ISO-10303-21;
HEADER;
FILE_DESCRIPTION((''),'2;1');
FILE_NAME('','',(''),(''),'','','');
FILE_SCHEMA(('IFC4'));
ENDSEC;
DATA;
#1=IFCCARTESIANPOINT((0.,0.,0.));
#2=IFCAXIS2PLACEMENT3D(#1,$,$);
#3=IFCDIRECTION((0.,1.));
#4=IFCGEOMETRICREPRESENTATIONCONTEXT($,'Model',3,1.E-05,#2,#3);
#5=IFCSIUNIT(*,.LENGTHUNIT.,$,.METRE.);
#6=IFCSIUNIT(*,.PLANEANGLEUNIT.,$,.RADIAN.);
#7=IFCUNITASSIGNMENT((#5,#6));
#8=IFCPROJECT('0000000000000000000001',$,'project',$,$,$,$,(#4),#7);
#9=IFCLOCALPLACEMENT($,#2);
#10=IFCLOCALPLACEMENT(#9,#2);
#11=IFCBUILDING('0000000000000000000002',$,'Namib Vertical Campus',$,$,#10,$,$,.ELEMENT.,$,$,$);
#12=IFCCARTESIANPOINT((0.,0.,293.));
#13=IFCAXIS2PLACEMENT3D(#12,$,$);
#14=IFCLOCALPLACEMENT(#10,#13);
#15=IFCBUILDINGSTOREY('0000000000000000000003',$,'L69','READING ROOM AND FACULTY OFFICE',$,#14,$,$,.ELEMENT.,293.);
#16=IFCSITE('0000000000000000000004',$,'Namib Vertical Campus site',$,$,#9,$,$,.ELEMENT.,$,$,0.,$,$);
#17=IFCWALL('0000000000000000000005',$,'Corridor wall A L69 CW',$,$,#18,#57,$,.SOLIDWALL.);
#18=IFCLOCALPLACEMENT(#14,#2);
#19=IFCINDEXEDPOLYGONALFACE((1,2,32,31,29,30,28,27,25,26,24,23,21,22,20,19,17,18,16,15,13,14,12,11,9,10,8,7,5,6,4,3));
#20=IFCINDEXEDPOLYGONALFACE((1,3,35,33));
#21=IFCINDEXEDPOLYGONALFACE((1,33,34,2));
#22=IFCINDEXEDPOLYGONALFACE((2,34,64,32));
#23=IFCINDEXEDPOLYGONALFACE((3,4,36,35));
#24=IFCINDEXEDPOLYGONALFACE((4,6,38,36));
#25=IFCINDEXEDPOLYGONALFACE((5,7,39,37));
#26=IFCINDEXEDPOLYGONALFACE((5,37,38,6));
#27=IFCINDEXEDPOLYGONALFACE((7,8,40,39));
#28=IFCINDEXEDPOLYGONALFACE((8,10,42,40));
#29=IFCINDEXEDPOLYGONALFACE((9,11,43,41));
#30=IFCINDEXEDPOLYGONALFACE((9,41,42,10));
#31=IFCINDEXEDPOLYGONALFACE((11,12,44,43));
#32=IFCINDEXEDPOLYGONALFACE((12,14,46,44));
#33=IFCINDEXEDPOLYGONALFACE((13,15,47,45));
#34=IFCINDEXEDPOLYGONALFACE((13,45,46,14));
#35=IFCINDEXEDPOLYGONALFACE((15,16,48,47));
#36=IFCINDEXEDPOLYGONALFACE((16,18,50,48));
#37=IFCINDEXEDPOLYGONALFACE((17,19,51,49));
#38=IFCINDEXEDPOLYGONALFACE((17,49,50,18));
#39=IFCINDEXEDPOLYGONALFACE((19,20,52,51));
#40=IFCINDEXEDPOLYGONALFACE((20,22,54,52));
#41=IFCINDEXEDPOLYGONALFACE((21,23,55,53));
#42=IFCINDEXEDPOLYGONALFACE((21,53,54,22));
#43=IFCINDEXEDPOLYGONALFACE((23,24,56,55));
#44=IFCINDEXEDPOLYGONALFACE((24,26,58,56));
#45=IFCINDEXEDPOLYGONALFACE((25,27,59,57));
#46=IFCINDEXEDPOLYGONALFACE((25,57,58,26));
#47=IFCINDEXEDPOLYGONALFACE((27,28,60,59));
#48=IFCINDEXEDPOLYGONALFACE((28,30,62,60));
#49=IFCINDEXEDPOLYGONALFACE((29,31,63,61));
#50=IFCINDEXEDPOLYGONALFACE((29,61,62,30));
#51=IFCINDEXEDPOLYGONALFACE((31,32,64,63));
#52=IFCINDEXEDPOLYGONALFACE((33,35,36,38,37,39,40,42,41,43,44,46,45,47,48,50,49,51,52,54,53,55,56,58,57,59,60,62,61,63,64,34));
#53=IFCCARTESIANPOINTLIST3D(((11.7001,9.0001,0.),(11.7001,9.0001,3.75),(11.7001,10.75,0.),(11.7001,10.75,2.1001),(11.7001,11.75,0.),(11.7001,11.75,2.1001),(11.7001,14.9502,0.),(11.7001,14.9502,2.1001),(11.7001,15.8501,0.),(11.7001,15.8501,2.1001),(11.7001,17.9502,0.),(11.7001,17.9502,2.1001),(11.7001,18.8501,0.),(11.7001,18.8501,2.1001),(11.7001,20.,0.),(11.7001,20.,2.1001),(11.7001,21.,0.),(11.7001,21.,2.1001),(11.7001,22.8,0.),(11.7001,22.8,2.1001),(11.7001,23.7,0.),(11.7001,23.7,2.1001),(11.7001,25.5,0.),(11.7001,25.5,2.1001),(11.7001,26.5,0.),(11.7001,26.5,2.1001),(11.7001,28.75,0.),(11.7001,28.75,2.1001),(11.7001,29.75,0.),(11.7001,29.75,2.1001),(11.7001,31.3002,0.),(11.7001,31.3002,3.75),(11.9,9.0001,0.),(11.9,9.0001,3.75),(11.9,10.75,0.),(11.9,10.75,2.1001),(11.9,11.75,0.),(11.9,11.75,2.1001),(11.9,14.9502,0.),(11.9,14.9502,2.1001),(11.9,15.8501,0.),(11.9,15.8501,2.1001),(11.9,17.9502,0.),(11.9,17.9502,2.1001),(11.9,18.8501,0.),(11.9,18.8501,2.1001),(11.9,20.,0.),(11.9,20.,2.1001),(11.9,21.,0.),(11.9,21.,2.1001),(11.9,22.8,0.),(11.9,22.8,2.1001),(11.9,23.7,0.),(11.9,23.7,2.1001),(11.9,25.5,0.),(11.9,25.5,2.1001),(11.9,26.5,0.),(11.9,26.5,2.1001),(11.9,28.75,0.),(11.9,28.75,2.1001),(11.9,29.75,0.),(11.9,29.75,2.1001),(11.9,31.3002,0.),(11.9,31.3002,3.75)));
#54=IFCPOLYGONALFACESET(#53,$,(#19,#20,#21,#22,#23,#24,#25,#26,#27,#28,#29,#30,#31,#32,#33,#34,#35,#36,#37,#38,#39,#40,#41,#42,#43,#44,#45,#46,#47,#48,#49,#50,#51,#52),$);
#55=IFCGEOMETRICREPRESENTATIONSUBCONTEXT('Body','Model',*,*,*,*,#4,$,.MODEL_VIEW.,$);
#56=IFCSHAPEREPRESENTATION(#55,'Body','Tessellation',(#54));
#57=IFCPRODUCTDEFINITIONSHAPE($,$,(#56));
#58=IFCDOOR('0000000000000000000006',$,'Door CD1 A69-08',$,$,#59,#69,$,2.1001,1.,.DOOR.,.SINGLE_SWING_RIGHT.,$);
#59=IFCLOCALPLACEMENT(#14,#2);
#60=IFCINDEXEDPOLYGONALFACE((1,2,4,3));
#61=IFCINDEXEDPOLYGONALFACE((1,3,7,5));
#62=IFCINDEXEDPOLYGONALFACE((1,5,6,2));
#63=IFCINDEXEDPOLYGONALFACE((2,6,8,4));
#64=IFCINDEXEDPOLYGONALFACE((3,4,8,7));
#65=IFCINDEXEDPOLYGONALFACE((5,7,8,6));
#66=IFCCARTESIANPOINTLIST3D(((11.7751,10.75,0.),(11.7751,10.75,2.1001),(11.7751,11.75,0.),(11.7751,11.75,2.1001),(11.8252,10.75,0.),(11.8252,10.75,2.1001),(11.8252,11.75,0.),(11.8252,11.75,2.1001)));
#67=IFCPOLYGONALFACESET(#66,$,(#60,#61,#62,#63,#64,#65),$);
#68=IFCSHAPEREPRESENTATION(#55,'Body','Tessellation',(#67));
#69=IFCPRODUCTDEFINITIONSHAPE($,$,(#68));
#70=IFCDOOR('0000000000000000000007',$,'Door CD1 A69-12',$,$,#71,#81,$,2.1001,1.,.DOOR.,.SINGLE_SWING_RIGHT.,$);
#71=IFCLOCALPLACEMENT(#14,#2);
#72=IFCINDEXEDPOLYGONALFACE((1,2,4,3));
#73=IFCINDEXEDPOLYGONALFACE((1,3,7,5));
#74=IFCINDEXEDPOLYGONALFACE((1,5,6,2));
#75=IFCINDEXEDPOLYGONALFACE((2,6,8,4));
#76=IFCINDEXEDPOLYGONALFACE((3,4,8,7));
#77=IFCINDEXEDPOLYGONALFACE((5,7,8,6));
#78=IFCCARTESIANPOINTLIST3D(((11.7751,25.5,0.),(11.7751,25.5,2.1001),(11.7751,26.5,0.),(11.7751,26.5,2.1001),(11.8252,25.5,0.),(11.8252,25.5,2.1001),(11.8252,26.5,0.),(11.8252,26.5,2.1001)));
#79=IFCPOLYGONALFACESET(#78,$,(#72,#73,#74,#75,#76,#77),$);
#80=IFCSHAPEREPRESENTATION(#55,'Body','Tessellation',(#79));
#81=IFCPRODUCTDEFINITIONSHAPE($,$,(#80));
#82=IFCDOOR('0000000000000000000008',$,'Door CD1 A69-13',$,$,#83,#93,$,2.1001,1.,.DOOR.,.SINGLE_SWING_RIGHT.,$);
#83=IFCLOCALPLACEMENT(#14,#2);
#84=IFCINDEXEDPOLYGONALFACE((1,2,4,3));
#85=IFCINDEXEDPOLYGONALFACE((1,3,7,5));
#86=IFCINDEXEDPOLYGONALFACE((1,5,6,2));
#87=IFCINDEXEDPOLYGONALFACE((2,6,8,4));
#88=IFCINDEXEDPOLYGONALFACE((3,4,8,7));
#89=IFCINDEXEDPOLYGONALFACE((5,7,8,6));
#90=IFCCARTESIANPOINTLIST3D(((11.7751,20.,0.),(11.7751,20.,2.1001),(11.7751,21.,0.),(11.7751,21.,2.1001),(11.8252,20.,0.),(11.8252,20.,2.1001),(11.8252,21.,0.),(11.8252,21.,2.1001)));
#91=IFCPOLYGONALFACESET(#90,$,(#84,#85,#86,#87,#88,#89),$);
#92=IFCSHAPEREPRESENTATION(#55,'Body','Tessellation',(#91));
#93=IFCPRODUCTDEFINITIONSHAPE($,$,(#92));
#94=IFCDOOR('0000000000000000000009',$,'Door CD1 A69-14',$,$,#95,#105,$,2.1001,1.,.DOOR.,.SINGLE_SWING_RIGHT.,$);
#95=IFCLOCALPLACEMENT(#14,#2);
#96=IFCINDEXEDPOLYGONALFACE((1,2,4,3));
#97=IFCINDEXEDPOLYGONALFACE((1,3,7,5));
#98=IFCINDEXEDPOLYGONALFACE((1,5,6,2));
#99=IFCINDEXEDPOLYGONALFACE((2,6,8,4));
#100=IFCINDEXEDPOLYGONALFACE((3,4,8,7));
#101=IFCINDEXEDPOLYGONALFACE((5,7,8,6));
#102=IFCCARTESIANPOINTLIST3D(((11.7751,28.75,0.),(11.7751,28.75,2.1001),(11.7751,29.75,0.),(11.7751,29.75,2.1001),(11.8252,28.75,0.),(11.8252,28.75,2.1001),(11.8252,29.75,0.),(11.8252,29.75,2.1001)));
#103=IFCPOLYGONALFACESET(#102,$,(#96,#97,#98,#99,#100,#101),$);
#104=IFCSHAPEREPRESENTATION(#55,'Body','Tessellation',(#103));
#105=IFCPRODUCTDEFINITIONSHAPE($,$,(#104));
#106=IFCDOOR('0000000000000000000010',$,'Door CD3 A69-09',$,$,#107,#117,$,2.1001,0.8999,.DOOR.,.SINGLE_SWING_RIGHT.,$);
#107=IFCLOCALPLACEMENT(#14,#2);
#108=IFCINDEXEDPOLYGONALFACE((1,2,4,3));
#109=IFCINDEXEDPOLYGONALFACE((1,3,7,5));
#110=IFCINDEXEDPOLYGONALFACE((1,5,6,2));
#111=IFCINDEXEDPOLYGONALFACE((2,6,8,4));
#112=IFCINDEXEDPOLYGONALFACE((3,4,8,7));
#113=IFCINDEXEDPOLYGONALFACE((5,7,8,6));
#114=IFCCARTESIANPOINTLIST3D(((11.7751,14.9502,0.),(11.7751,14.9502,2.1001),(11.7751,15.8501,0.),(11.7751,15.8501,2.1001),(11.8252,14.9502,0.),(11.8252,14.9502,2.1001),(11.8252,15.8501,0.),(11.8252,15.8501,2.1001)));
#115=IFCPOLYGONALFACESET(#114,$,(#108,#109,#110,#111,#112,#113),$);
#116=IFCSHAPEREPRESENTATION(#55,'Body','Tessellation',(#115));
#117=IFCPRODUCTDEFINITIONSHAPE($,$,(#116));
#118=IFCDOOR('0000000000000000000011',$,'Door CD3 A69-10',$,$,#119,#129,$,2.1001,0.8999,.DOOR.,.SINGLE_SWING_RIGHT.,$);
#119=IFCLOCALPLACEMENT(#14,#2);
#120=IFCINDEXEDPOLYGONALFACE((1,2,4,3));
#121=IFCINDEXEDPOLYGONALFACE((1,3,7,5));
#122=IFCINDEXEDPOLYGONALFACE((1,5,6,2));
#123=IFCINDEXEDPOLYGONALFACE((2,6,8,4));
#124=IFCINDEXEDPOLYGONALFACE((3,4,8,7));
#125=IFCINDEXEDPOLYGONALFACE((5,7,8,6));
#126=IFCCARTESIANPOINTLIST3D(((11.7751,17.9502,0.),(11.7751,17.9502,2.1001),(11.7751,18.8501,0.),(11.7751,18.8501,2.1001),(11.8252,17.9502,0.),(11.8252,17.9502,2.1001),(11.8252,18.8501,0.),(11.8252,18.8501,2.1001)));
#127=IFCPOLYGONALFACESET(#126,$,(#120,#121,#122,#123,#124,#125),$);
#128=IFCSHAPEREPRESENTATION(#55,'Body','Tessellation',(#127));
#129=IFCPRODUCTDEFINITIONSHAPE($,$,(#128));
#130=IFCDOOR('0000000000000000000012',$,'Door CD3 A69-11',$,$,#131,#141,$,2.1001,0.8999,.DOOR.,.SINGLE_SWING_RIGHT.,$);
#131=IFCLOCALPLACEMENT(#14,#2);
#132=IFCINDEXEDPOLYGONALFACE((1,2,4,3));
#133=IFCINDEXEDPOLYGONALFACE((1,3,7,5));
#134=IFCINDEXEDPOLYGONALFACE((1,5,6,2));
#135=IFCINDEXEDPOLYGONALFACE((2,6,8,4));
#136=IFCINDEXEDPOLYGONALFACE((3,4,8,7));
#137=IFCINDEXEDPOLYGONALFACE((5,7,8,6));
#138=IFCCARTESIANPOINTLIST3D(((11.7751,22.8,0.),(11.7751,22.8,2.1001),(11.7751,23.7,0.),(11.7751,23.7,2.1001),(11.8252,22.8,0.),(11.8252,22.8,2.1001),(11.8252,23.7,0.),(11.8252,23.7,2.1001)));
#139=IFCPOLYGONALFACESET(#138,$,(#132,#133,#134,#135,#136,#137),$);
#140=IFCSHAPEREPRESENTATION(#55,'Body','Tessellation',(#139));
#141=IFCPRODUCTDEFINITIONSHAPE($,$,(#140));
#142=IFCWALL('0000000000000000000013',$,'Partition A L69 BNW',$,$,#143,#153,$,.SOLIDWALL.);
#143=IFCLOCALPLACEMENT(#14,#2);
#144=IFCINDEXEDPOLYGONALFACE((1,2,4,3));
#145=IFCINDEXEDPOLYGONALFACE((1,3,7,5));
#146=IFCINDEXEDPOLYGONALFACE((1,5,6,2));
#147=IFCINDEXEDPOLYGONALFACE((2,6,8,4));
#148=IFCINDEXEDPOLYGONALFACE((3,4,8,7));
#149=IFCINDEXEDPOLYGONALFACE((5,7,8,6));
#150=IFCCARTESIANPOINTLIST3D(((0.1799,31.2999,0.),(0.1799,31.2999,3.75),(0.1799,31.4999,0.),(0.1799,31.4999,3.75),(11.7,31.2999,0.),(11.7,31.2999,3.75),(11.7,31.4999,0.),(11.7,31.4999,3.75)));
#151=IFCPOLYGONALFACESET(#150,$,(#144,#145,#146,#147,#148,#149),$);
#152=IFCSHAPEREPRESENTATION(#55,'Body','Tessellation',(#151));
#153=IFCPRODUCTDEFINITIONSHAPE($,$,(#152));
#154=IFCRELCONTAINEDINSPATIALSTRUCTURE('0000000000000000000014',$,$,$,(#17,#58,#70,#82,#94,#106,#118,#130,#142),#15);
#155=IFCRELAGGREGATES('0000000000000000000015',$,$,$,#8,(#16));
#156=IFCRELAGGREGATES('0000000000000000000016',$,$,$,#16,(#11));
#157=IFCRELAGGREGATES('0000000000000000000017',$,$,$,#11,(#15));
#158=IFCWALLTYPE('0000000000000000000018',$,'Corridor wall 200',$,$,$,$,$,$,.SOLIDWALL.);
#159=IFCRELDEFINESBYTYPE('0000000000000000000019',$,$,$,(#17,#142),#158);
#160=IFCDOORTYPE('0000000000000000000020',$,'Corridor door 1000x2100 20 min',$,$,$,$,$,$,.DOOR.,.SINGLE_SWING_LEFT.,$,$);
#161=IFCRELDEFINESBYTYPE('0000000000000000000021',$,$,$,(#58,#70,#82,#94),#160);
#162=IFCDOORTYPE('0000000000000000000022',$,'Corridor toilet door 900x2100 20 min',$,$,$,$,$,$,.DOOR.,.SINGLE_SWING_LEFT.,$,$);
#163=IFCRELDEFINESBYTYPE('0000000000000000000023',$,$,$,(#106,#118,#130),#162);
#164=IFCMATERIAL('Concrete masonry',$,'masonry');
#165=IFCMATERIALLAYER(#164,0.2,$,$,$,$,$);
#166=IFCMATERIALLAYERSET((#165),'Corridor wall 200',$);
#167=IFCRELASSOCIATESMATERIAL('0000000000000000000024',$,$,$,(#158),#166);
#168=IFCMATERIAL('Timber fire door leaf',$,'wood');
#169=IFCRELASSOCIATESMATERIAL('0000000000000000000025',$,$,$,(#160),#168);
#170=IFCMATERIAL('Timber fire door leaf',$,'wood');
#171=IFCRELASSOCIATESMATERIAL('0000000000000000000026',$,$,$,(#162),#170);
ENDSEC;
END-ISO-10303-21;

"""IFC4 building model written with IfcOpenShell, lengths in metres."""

from ifc_helpers import new_model, si_unit, direction, frame, frame_2d, origin, place, context, subcontext, project, spatial, rectangle, extrude, material, layer, layer_set, type_object, element, fill, save


model = new_model("IFC4")

# Units and contexts
model_context = context("Model", 3, precision=1e-05, world=origin(), true_north=direction((0.0, 1.0)))
body_context = subcontext(model_context, "Body", "Model", "MODEL_VIEW")
ifc_project = project(units=[si_unit("LENGTHUNIT", "METRE"), si_unit("PLANEANGLEUNIT", "RADIAN")], contexts=[model_context])

# Site, building, storey
site_placement = place(None, origin())
site = spatial("IfcSite", under=ifc_project, at=site_placement, Name="Namib Vertical Campus site", CompositionType="ELEMENT", RefElevation=0.0)
building_placement = place(site_placement, origin())
building = spatial("IfcBuilding", under=site, at=building_placement, Name="Namib Vertical Campus", CompositionType="ELEMENT")
storey_placement = place(building_placement, frame((0.0, 0.0, 293.0)))
storey = spatial("IfcBuildingStorey", under=building, at=storey_placement, Name="L69", Description="READING ROOM AND FACULTY OFFICE", CompositionType="ELEMENT", Elevation=293.0)

# Wall, openings, doors
ifc_material_1 = material(Name="Concrete masonry", Category="masonry")
ifc_layer_1 = layer(ifc_material_1, 0.2)
ifc_layer_set_1 = layer_set([ifc_layer_1], Name="Corridor wall 200")
wall_type_1 = type_object("IfcWallType", Name="Corridor wall 200", PredefinedType="SOLIDWALL", material=ifc_layer_set_1)
wall_1_placement = place(storey_placement, frame((11.8, 31.3, 0.0), z_axis=(0.0, 0.0, 1.0), x_axis=(0.0, -1.0, 0.0)))
wall_1 = element("IfcWall", 1, at=wall_1_placement, inside=storey, type_object=wall_type_1, Name="Corridor wall A L69 CW", PredefinedType="SOLIDWALL", context=body_context, shape_type="SweptSolid", body=[
    extrude(rectangle(XDim=22.3, YDim=0.2, at=frame_2d((11.1499, 0.0))), origin(), (0.0, 0.0, 1.0), 3.75),
])
opening_1_placement = place(wall_1_placement, frame((19.55, 0.0, 0.0)))
opening_1 = element("IfcOpeningElement", 2, at=opening_1_placement, cuts=wall_1, PredefinedType="OPENING", context=body_context, shape_type="SweptSolid", body=[
    extrude(rectangle(XDim=1.0, YDim=2.1001, at=frame_2d((0.5, 1.05))), frame((0.0, 0.1099, 0.0), z_axis=(0.0, -1.0, 0.0), x_axis=(1.0, 0.0, 0.0)), (0.0, 0.0, 1.0), 0.22),
])
opening_2_placement = place(wall_1_placement, frame((15.45, 0.0, 0.0)))
opening_2 = element("IfcOpeningElement", 3, at=opening_2_placement, cuts=wall_1, PredefinedType="OPENING", context=body_context, shape_type="SweptSolid", body=[
    extrude(rectangle(XDim=0.8999, YDim=2.1001, at=frame_2d((0.45, 1.05))), frame((0.0, 0.1099, 0.0), z_axis=(0.0, -1.0, 0.0), x_axis=(1.0, 0.0, 0.0)), (0.0, 0.0, 1.0), 0.22),
])
opening_3_placement = place(wall_1_placement, frame((12.45, 0.0, 0.0)))
opening_3 = element("IfcOpeningElement", 4, at=opening_3_placement, cuts=wall_1, PredefinedType="OPENING", context=body_context, shape_type="SweptSolid", body=[
    extrude(rectangle(XDim=0.8999, YDim=2.1001, at=frame_2d((0.45, 1.05))), frame((0.0, 0.1099, 0.0), z_axis=(0.0, -1.0, 0.0), x_axis=(1.0, 0.0, 0.0)), (0.0, 0.0, 1.0), 0.22),
])
opening_4_placement = place(wall_1_placement, frame((7.6001, 0.0, 0.0)))
opening_4 = element("IfcOpeningElement", 5, at=opening_4_placement, cuts=wall_1, PredefinedType="OPENING", context=body_context, shape_type="SweptSolid", body=[
    extrude(rectangle(XDim=0.8999, YDim=2.1001, at=frame_2d((0.45, 1.05))), frame((0.0, 0.1099, 0.0), z_axis=(0.0, -1.0, 0.0), x_axis=(1.0, 0.0, 0.0)), (0.0, 0.0, 1.0), 0.22),
])
opening_5_placement = place(wall_1_placement, frame((4.8, 0.0, 0.0)))
opening_5 = element("IfcOpeningElement", 6, at=opening_5_placement, cuts=wall_1, PredefinedType="OPENING", context=body_context, shape_type="SweptSolid", body=[
    extrude(rectangle(XDim=1.0, YDim=2.1001, at=frame_2d((0.5, 1.05))), frame((0.0, 0.1099, 0.0), z_axis=(0.0, -1.0, 0.0), x_axis=(1.0, 0.0, 0.0)), (0.0, 0.0, 1.0), 0.22),
])
opening_6_placement = place(wall_1_placement, frame((10.3, 0.0, 0.0)))
opening_6 = element("IfcOpeningElement", 7, at=opening_6_placement, cuts=wall_1, PredefinedType="OPENING", context=body_context, shape_type="SweptSolid", body=[
    extrude(rectangle(XDim=1.0, YDim=2.1001, at=frame_2d((0.5, 1.05))), frame((0.0, 0.1099, 0.0), z_axis=(0.0, -1.0, 0.0), x_axis=(1.0, 0.0, 0.0)), (0.0, 0.0, 1.0), 0.22),
])
opening_7_placement = place(wall_1_placement, frame((1.55, 0.0, 0.0)))
opening_7 = element("IfcOpeningElement", 8, at=opening_7_placement, cuts=wall_1, PredefinedType="OPENING", context=body_context, shape_type="SweptSolid", body=[
    extrude(rectangle(XDim=1.0, YDim=2.1001, at=frame_2d((0.5, 1.05))), frame((0.0, 0.1099, 0.0), z_axis=(0.0, -1.0, 0.0), x_axis=(1.0, 0.0, 0.0)), (0.0, 0.0, 1.0), 0.22),
])
ifc_material_2 = material(Name="Timber fire door leaf", Category="wood")
door_type_1 = type_object("IfcDoorType", Name="Corridor door 1000x2100 20 min", OperationType="SINGLE_SWING_LEFT", PredefinedType="DOOR", material=ifc_material_2)
door_1_placement = place(opening_1_placement, frame((1.0, 0.0, 0.0), z_axis=(0.0, 0.0, 1.0), x_axis=(-1.0, 0.0, 0.0)))
door_1 = element("IfcDoor", 9, at=door_1_placement, inside=storey, type_object=door_type_1, Name="Door CD1 A69-08", OperationType="SINGLE_SWING_RIGHT", OverallHeight=2.1001, OverallWidth=1.0, PredefinedType="DOOR", context=body_context, shape_type="SweptSolid", body=[
    extrude(rectangle(XDim=1.0, YDim=2.1001, at=frame_2d((0.5, 1.05))), frame((0.0, 0.0249, 0.0), z_axis=(0.0, -1.0, 0.0), x_axis=(1.0, 0.0, 0.0)), (0.0, 0.0, 1.0), 0.05),
])
fill(opening_1, door_1)
door_2_placement = place(opening_5_placement, frame((1.0, 0.0, 0.0), z_axis=(0.0, 0.0, 1.0), x_axis=(-1.0, 0.0, 0.0)))
door_2 = element("IfcDoor", 10, at=door_2_placement, inside=storey, type_object=door_type_1, Name="Door CD1 A69-12", OperationType="SINGLE_SWING_RIGHT", OverallHeight=2.1001, OverallWidth=1.0, PredefinedType="DOOR", context=body_context, shape_type="SweptSolid", body=[
    extrude(rectangle(XDim=1.0, YDim=2.1001, at=frame_2d((0.5, 1.05))), frame((0.0, 0.0249, 0.0), z_axis=(0.0, -1.0, 0.0), x_axis=(1.0, 0.0, 0.0)), (0.0, 0.0, 1.0), 0.05),
])
fill(opening_5, door_2)
door_3_placement = place(opening_6_placement, frame((1.0, 0.0, 0.0), z_axis=(0.0, 0.0, 1.0), x_axis=(-1.0, 0.0, 0.0)))
door_3 = element("IfcDoor", 11, at=door_3_placement, inside=storey, type_object=door_type_1, Name="Door CD1 A69-13", OperationType="SINGLE_SWING_RIGHT", OverallHeight=2.1001, OverallWidth=1.0, PredefinedType="DOOR", context=body_context, shape_type="SweptSolid", body=[
    extrude(rectangle(XDim=1.0, YDim=2.1001, at=frame_2d((0.5, 1.05))), frame((0.0, 0.0249, 0.0), z_axis=(0.0, -1.0, 0.0), x_axis=(1.0, 0.0, 0.0)), (0.0, 0.0, 1.0), 0.05),
])
fill(opening_6, door_3)
door_4_placement = place(opening_7_placement, frame((1.0, 0.0, 0.0), z_axis=(0.0, 0.0, 1.0), x_axis=(-1.0, 0.0, 0.0)))
door_4 = element("IfcDoor", 12, at=door_4_placement, inside=storey, type_object=door_type_1, Name="Door CD1 A69-14", OperationType="SINGLE_SWING_RIGHT", OverallHeight=2.1001, OverallWidth=1.0, PredefinedType="DOOR", context=body_context, shape_type="SweptSolid", body=[
    extrude(rectangle(XDim=1.0, YDim=2.1001, at=frame_2d((0.5, 1.05))), frame((0.0, 0.0249, 0.0), z_axis=(0.0, -1.0, 0.0), x_axis=(1.0, 0.0, 0.0)), (0.0, 0.0, 1.0), 0.05),
])
fill(opening_7, door_4)
ifc_material_3 = material(Name="Timber fire door leaf", Category="wood")
door_type_2 = type_object("IfcDoorType", Name="Corridor toilet door 900x2100 20 min", OperationType="SINGLE_SWING_LEFT", PredefinedType="DOOR", material=ifc_material_3)
door_5_placement = place(opening_2_placement, frame((0.8999, 0.0, 0.0), z_axis=(0.0, 0.0, 1.0), x_axis=(-1.0, 0.0, 0.0)))
door_5 = element("IfcDoor", 13, at=door_5_placement, inside=storey, type_object=door_type_2, Name="Door CD3 A69-09", OperationType="SINGLE_SWING_RIGHT", OverallHeight=2.1001, OverallWidth=0.8999, PredefinedType="DOOR", context=body_context, shape_type="SweptSolid", body=[
    extrude(rectangle(XDim=0.8999, YDim=2.1001, at=frame_2d((0.45, 1.05))), frame((0.0, 0.0249, 0.0), z_axis=(0.0, -1.0, 0.0), x_axis=(1.0, 0.0, 0.0)), (0.0, 0.0, 1.0), 0.05),
])
fill(opening_2, door_5)
door_6_placement = place(opening_3_placement, frame((0.8999, 0.0, 0.0), z_axis=(0.0, 0.0, 1.0), x_axis=(-1.0, 0.0, 0.0)))
door_6 = element("IfcDoor", 14, at=door_6_placement, inside=storey, type_object=door_type_2, Name="Door CD3 A69-10", OperationType="SINGLE_SWING_RIGHT", OverallHeight=2.1001, OverallWidth=0.8999, PredefinedType="DOOR", context=body_context, shape_type="SweptSolid", body=[
    extrude(rectangle(XDim=0.8999, YDim=2.1001, at=frame_2d((0.45, 1.05))), frame((0.0, 0.0249, 0.0), z_axis=(0.0, -1.0, 0.0), x_axis=(1.0, 0.0, 0.0)), (0.0, 0.0, 1.0), 0.05),
])
fill(opening_3, door_6)
door_7_placement = place(opening_4_placement, frame((0.8999, 0.0, 0.0), z_axis=(0.0, 0.0, 1.0), x_axis=(-1.0, 0.0, 0.0)))
door_7 = element("IfcDoor", 15, at=door_7_placement, inside=storey, type_object=door_type_2, Name="Door CD3 A69-11", OperationType="SINGLE_SWING_RIGHT", OverallHeight=2.1001, OverallWidth=0.8999, PredefinedType="DOOR", context=body_context, shape_type="SweptSolid", body=[
    extrude(rectangle(XDim=0.8999, YDim=2.1001, at=frame_2d((0.45, 1.05))), frame((0.0, 0.0249, 0.0), z_axis=(0.0, -1.0, 0.0), x_axis=(1.0, 0.0, 0.0)), (0.0, 0.0, 1.0), 0.05),
])
fill(opening_4, door_7)

# Wall
wall_2_placement = place(storey_placement, frame((0.1799, 31.3999, 0.0), z_axis=(0.0, 0.0, 1.0), x_axis=(1.0, 0.0, 0.0)))
element("IfcWall", 16, at=wall_2_placement, inside=storey, type_object=wall_type_1, Name="Partition A L69 BNW", PredefinedType="SOLIDWALL", context=body_context, shape_type="SweptSolid", body=[
    extrude(rectangle(XDim=11.52, YDim=0.2, at=frame_2d((5.76, 0.0))), origin(), (0.0, 0.0, 1.0), 3.75),
])

save(model, "model.ifc")
